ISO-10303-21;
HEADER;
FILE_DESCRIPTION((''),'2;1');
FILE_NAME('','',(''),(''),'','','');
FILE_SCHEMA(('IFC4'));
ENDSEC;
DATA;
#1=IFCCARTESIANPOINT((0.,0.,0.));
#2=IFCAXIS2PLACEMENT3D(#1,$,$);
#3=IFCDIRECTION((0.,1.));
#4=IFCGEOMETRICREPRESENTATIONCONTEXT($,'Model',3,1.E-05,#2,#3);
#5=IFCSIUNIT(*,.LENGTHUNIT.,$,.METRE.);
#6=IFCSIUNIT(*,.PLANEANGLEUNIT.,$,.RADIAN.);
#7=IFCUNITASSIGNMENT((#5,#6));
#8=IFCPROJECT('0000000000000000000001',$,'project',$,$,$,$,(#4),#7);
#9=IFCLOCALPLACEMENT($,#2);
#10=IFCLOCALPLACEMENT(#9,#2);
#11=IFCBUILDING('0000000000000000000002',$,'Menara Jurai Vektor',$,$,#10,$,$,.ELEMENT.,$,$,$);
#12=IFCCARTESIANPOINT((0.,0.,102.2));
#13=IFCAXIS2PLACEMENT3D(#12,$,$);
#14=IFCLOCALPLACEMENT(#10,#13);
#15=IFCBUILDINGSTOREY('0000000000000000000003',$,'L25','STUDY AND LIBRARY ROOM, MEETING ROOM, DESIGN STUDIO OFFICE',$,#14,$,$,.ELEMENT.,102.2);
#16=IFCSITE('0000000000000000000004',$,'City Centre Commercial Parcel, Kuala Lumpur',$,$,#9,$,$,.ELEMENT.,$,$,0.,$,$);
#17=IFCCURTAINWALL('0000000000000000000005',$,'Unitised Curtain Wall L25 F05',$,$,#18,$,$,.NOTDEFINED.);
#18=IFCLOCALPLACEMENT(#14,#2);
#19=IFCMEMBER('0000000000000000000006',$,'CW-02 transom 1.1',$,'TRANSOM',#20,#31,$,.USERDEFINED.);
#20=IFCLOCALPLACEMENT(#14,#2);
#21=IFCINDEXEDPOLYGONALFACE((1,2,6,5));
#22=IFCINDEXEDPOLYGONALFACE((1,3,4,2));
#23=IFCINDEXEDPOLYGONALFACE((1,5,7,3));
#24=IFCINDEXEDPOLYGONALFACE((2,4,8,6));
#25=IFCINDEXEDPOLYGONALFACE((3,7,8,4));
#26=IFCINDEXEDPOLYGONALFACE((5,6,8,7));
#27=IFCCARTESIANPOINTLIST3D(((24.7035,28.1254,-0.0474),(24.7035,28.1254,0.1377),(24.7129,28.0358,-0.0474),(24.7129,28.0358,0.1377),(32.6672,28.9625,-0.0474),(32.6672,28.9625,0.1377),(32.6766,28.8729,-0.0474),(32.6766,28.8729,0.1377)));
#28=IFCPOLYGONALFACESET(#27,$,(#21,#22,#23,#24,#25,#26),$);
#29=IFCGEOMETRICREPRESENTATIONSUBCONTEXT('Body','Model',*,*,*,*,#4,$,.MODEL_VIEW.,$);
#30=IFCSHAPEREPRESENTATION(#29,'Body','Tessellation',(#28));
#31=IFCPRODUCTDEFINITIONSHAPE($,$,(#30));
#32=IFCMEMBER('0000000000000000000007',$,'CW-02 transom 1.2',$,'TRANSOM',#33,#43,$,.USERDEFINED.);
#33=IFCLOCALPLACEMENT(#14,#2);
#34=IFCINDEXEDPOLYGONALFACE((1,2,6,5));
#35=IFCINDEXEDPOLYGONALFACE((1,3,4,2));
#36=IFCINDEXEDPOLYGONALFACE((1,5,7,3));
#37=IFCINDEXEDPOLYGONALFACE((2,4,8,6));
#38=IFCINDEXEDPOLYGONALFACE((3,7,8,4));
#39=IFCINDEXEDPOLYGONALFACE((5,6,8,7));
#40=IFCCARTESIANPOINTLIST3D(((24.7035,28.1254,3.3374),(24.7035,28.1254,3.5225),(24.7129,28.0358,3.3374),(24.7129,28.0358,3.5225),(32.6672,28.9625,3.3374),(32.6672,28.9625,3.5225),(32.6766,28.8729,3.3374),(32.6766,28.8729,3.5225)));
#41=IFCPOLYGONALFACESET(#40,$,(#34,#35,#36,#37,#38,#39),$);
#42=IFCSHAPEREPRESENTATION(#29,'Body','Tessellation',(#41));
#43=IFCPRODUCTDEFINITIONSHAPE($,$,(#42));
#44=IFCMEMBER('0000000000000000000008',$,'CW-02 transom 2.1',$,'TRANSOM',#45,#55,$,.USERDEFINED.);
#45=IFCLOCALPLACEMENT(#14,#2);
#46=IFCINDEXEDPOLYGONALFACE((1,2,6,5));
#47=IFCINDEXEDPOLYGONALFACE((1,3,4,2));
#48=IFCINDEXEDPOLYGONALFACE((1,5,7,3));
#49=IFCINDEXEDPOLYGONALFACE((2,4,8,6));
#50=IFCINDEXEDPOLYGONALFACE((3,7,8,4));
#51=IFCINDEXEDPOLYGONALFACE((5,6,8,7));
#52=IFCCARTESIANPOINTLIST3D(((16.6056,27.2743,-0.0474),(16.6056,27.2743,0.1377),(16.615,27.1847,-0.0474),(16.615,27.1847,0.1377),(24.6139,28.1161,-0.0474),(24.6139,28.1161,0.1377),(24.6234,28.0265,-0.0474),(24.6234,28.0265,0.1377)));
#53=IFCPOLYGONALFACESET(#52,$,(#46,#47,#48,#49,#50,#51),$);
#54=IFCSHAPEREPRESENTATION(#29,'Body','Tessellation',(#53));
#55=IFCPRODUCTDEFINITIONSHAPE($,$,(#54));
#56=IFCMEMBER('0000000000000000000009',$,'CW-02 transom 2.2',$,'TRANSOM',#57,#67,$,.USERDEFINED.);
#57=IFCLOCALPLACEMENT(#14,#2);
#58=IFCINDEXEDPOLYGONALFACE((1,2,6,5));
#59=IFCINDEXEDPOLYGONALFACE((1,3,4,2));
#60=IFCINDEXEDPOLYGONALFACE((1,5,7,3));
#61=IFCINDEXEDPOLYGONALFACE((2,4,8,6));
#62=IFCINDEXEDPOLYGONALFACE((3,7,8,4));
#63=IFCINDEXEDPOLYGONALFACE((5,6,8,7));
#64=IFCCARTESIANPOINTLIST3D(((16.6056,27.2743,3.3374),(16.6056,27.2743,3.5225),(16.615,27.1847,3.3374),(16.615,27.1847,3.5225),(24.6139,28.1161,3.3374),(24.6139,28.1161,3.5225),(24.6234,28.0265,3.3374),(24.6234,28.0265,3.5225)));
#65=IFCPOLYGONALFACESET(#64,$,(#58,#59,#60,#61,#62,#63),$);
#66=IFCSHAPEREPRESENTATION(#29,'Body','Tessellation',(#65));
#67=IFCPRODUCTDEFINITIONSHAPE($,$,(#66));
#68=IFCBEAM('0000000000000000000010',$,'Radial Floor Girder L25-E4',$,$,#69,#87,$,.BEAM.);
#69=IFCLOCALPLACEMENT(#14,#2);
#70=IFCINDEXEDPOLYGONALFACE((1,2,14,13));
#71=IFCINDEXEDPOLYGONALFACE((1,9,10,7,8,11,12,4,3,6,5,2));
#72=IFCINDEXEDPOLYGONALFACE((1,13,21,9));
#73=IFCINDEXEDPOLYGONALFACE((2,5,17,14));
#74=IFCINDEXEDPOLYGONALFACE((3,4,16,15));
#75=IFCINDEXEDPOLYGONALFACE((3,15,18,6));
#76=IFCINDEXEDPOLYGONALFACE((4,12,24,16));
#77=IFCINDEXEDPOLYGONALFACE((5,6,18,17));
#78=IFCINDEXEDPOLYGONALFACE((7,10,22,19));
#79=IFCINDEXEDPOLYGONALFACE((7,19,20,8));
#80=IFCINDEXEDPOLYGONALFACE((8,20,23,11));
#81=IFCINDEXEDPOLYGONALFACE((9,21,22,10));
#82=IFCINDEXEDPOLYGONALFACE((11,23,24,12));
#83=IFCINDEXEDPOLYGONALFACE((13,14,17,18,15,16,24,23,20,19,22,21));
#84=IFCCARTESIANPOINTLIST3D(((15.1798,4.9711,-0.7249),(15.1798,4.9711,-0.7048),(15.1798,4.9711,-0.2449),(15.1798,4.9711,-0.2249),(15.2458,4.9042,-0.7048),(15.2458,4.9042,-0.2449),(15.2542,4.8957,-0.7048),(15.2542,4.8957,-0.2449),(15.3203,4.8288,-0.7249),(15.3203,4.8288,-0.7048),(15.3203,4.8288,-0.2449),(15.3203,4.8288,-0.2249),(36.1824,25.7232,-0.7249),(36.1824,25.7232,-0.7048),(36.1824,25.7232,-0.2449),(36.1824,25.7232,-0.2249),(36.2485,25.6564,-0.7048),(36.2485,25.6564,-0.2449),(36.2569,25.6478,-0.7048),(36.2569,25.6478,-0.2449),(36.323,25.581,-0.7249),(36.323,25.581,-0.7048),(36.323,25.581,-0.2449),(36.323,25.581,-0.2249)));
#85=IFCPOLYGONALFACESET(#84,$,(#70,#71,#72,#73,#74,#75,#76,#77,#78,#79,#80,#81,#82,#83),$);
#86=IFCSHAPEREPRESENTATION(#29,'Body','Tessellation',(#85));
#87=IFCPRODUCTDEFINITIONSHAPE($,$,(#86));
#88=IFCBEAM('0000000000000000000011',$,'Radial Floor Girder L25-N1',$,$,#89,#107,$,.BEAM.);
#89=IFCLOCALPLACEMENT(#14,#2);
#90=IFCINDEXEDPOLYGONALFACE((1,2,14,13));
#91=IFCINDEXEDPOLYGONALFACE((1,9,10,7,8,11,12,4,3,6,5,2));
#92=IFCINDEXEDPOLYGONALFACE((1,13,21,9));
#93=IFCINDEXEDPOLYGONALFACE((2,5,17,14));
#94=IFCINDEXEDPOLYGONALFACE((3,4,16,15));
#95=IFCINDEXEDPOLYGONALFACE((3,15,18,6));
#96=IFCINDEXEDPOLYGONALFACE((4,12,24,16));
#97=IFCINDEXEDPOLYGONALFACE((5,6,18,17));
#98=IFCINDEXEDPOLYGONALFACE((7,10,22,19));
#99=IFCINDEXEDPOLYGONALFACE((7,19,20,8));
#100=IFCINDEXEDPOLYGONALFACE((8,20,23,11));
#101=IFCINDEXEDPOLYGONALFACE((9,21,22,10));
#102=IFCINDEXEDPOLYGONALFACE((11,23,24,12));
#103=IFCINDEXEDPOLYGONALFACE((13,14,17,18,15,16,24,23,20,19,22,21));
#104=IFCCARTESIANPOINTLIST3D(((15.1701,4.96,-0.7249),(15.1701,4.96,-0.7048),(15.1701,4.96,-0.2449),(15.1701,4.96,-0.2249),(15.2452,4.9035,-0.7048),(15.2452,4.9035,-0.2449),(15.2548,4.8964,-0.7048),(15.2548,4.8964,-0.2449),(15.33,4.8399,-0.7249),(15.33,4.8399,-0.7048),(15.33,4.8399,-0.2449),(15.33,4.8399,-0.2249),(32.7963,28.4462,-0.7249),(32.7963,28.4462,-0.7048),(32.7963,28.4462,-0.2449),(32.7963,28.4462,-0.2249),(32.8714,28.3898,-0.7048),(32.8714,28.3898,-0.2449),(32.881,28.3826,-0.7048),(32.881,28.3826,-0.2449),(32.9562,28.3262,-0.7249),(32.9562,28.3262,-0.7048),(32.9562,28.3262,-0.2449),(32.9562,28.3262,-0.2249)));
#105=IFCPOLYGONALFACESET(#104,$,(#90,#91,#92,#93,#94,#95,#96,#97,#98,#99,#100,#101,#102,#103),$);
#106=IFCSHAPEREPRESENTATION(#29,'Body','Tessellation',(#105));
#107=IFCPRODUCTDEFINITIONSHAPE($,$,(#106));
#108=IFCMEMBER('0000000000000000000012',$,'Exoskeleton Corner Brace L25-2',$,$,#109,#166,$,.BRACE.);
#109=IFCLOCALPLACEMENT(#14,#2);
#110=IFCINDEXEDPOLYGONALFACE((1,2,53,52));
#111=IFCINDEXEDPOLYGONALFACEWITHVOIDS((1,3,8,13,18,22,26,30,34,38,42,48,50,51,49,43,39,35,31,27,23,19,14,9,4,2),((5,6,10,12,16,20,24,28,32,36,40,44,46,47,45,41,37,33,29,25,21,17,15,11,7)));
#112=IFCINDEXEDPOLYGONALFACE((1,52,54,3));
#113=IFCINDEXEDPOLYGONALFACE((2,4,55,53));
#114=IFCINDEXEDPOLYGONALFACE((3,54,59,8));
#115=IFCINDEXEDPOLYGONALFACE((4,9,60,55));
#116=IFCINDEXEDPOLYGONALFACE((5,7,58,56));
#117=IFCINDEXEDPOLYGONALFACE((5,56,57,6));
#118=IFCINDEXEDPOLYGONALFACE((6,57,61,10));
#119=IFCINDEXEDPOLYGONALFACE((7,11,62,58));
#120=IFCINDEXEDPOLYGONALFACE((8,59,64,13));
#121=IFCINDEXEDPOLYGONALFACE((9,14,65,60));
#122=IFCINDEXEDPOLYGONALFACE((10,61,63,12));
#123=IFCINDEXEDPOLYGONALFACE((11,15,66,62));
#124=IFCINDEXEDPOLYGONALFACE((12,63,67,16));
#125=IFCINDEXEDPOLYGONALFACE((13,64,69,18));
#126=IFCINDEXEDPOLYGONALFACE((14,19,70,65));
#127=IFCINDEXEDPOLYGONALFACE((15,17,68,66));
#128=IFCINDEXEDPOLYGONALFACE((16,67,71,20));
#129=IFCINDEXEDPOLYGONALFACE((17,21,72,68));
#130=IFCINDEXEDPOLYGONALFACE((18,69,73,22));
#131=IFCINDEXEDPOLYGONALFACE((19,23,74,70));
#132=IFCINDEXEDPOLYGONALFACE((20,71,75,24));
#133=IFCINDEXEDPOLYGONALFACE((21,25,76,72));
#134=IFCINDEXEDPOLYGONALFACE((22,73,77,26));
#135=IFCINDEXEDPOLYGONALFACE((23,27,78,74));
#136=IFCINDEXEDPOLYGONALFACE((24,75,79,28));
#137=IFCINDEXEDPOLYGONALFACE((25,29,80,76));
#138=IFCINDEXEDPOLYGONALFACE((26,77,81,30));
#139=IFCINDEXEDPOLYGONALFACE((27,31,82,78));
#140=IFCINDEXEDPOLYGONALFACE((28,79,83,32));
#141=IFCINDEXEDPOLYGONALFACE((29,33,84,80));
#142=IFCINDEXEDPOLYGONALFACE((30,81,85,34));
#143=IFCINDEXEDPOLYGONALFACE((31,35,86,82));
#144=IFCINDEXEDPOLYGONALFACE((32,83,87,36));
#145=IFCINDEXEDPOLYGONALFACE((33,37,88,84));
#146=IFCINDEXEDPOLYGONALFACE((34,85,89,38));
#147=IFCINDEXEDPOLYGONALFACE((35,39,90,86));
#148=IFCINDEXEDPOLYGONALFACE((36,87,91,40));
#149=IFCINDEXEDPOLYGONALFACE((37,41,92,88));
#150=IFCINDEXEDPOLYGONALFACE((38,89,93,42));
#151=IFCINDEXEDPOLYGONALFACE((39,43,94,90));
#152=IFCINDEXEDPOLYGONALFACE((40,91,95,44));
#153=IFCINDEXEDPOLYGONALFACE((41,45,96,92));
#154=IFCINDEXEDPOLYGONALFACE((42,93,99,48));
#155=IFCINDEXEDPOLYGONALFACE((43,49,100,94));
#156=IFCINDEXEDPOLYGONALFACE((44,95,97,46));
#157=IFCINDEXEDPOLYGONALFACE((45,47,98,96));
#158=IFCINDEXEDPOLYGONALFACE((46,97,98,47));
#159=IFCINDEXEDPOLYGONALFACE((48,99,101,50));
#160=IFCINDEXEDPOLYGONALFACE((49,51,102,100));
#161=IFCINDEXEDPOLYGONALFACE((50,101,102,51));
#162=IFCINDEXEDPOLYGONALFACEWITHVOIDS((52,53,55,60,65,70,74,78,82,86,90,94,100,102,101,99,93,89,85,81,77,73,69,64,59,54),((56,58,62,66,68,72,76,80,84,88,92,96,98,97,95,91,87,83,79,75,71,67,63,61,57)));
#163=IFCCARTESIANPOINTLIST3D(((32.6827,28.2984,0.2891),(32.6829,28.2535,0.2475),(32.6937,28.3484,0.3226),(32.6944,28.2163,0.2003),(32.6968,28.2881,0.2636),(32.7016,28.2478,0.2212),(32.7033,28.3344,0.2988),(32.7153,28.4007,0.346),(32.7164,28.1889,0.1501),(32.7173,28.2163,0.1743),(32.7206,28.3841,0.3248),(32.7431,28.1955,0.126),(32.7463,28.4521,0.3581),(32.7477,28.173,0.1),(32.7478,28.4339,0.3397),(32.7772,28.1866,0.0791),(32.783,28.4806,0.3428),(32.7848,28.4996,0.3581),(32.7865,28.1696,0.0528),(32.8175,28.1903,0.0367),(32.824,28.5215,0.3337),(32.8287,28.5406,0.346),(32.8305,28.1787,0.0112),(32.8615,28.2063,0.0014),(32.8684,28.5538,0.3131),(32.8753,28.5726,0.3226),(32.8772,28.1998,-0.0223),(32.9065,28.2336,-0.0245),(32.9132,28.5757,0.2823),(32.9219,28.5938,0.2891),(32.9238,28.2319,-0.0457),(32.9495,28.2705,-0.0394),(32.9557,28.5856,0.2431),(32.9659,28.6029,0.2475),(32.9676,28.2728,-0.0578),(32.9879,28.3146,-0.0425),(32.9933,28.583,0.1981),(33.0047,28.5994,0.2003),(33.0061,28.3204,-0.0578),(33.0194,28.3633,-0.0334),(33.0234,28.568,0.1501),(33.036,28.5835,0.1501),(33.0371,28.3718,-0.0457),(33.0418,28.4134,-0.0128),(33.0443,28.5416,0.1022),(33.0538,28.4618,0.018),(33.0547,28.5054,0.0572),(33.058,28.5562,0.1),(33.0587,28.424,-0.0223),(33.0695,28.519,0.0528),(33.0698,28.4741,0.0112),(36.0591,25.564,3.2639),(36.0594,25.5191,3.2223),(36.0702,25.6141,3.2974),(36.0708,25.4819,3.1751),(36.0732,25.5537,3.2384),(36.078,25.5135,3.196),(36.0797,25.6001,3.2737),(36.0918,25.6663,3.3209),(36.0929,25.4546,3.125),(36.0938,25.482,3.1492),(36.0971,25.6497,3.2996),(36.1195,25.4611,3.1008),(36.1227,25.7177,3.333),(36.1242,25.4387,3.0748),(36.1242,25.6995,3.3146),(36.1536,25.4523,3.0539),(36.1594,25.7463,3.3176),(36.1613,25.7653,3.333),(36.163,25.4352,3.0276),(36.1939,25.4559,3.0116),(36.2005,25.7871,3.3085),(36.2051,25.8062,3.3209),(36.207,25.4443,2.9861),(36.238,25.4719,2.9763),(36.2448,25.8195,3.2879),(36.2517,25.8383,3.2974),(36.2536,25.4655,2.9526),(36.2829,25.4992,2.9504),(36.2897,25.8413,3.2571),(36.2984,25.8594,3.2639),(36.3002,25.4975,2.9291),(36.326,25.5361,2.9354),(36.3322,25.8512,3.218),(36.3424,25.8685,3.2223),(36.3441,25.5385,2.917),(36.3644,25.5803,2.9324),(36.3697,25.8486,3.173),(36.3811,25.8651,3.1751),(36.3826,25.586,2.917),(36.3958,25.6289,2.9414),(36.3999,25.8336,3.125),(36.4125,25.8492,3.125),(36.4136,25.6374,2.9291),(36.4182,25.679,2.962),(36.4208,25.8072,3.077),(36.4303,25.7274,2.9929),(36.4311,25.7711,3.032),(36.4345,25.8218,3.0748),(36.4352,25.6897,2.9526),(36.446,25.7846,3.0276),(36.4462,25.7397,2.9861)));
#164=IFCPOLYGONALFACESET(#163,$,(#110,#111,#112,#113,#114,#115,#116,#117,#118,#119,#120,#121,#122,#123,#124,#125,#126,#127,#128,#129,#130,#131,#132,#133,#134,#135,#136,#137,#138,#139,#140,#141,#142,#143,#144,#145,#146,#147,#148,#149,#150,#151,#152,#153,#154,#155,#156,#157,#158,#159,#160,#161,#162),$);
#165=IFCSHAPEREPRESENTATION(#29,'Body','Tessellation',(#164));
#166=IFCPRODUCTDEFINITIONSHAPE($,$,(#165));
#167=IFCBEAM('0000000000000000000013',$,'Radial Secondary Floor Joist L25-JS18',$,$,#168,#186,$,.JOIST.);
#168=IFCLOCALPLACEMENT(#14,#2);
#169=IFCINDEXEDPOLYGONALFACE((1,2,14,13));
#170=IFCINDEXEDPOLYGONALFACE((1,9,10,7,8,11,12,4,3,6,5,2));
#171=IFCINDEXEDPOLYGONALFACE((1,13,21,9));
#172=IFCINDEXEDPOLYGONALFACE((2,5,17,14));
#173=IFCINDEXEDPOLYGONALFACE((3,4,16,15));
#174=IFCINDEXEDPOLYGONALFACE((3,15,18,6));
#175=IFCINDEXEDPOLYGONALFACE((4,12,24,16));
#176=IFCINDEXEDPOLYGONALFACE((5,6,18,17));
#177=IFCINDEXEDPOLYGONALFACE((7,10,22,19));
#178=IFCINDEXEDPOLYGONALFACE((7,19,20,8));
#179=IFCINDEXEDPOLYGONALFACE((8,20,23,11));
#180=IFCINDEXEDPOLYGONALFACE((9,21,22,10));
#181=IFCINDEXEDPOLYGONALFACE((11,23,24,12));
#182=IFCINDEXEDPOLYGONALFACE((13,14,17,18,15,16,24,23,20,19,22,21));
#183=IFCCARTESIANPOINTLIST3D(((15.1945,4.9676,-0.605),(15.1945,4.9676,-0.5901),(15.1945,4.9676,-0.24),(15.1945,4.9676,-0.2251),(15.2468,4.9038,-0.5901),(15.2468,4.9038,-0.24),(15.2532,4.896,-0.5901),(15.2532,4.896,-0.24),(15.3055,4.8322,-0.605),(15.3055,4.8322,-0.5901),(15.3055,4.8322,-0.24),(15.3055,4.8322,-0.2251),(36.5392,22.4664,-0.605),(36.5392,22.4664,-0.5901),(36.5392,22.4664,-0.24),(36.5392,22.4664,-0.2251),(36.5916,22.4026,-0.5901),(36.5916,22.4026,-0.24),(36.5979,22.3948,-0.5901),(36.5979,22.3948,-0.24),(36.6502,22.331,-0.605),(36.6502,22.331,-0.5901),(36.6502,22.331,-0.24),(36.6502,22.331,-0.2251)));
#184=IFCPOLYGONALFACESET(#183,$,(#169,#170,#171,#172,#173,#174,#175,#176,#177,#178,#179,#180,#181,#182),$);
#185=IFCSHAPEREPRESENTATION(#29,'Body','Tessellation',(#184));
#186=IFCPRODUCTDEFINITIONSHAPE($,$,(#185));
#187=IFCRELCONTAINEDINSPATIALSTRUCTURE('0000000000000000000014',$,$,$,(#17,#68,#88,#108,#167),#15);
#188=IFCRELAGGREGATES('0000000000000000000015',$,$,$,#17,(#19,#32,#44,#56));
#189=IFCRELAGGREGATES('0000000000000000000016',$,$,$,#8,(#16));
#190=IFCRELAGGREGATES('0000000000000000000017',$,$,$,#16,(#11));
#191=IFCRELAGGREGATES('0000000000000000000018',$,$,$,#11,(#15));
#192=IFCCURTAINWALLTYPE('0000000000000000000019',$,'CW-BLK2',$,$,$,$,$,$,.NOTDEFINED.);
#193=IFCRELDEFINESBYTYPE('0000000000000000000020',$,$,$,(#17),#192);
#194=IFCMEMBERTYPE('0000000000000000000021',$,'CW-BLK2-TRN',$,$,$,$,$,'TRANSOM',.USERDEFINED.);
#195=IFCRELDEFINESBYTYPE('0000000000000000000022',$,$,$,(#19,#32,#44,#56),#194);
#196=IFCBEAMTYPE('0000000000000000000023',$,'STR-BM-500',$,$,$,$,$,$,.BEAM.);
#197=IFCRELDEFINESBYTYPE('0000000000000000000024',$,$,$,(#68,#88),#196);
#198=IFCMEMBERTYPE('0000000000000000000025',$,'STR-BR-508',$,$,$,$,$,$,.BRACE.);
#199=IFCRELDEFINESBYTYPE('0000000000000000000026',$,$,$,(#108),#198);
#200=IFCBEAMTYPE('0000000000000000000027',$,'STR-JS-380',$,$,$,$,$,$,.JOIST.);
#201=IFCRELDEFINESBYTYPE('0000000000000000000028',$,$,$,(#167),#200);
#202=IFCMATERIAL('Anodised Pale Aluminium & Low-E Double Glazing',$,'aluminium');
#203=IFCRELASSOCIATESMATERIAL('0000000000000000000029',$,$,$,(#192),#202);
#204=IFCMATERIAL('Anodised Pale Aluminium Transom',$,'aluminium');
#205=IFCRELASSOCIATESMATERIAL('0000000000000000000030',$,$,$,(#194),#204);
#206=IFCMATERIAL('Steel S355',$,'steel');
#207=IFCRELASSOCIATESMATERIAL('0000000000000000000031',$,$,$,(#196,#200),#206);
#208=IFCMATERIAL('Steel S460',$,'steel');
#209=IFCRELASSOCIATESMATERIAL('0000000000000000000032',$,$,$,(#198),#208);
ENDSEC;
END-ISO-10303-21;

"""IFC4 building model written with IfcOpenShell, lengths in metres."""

from ifc_helpers import new_model, si_unit, direction, frame, origin, origin_2d, place, context, subcontext, project, spatial, rectangle, hollow_circle, i_section, extrude, material, material_profile, profile_set, type_object, element, aggregate, save


model = new_model("IFC4")

# Units and contexts
model_context = context("Model", 3, precision=1e-05, world=origin(), true_north=direction((0.0, 1.0)))
body_context = subcontext(model_context, "Body", "Model", "MODEL_VIEW")
ifc_project = project(units=[si_unit("LENGTHUNIT", "METRE"), si_unit("PLANEANGLEUNIT", "RADIAN")], contexts=[model_context])

# Site, building, storey
site_placement = place(None, origin())
site = spatial("IfcSite", under=ifc_project, at=site_placement, Name="City Centre Commercial Parcel, Kuala Lumpur", CompositionType="ELEMENT", RefElevation=0.0)
building_placement = place(site_placement, origin())
building = spatial("IfcBuilding", under=site, at=building_placement, Name="Menara Jurai Vektor", CompositionType="ELEMENT")
storey_placement = place(building_placement, frame((0.0, 0.0, 102.2)))
storey = spatial("IfcBuildingStorey", under=building, at=storey_placement, Name="L25", Description="STUDY AND LIBRARY ROOM, MEETING ROOM, DESIGN STUDIO OFFICE", CompositionType="ELEMENT", Elevation=102.2)

# Shared definitions
ifc_material_1 = material(Name="Steel S460", Category="steel")

# Shared definitions
ifc_material_2 = material(Name="Anodised Pale Aluminium & Low-E Double Glazing", Category="aluminium")
curtain_wall_type = type_object("IfcCurtainWallType", Name="CW-BLK2", PredefinedType="NOTDEFINED", material=ifc_material_2)

# Curtain wall
curtain_wall_1_placement = place(storey_placement, origin())
curtain_wall_1 = element("IfcCurtainWall", 1, at=curtain_wall_1_placement, inside=storey, type_object=curtain_wall_type, Name="Unitised Curtain Wall L25 F05", PredefinedType="NOTDEFINED")

# Members
ifc_material_3 = material(Name="Anodised Pale Aluminium Transom", Category="aluminium")
ifc_material_profile_1 = material_profile(ifc_material_3, rectangle(XDim=0.0901, YDim=0.1851, at=origin_2d()), Name="ALU TRN 90x185")
ifc_profile_set_1 = profile_set([ifc_material_profile_1], Name="Anodised Pale Aluminium Transom")
member_type_1 = type_object("IfcMemberType", Name="CW-BLK2-TRN", ElementType="TRANSOM", PredefinedType="USERDEFINED", material=ifc_profile_set_1)
member_1_placement = place(storey_placement, frame((32.6719, 28.9177, 0.0452), z_axis=(-0.99452, -0.104547, 0.0), x_axis=(0.104547, -0.99452, 0.0)))
member_1 = element("IfcMember", 2, at=member_1_placement, type_object=member_type_1, Name="CW-02 transom 1.1", ObjectType="TRANSOM", PredefinedType="USERDEFINED", context=body_context, shape_type="SweptSolid", body=[
    extrude(rectangle(XDim=0.0901, YDim=0.1851, at=origin_2d()), origin(), (0.0, 0.0, 1.0), 8.0076),
])
member_2_placement = place(storey_placement, frame((32.6719, 28.9177, 3.4299), z_axis=(-0.99452, -0.104547, 0.0), x_axis=(0.104547, -0.99452, 0.0)))
member_2 = element("IfcMember", 3, at=member_2_placement, type_object=member_type_1, Name="CW-02 transom 1.2", ObjectType="TRANSOM", PredefinedType="USERDEFINED", context=body_context, shape_type="SweptSolid", body=[
    extrude(rectangle(XDim=0.0901, YDim=0.1851, at=origin_2d()), origin(), (0.0, 0.0, 1.0), 8.0076),
])
member_3_placement = place(storey_placement, frame((24.6187, 28.0713, 0.0452), z_axis=(-0.994521, -0.10454, 0.0), x_axis=(0.10454, -0.994521, 0.0)))
member_3 = element("IfcMember", 4, at=member_3_placement, type_object=member_type_1, Name="CW-02 transom 2.1", ObjectType="TRANSOM", PredefinedType="USERDEFINED", context=body_context, shape_type="SweptSolid", body=[
    extrude(rectangle(XDim=0.0901, YDim=0.1851, at=origin_2d()), origin(), (0.0, 0.0, 1.0), 8.0525),
])
member_4_placement = place(storey_placement, frame((24.6187, 28.0713, 3.4299), z_axis=(-0.994521, -0.10454, 0.0), x_axis=(0.10454, -0.994521, 0.0)))
member_4 = element("IfcMember", 5, at=member_4_placement, type_object=member_type_1, Name="CW-02 transom 2.2", ObjectType="TRANSOM", PredefinedType="USERDEFINED", context=body_context, shape_type="SweptSolid", body=[
    extrude(rectangle(XDim=0.0901, YDim=0.1851, at=origin_2d()), origin(), (0.0, 0.0, 1.0), 8.0525),
])

# Beams
ifc_material_4 = material(Name="Steel S355", Category="steel")
ifc_material_profile_2 = material_profile(ifc_material_4, i_section(OverallWidth=0.2, OverallDepth=0.5, WebThickness=0.012, FlangeThickness=0.02, at=origin_2d()), Name="PG 500x200x96")
ifc_profile_set_2 = profile_set([ifc_material_profile_2], Name="Steel S355")
beam_type_1 = type_object("IfcBeamType", Name="STR-BM-500", PredefinedType="BEAM", material=ifc_profile_set_2)
beam_1_placement = place(storey_placement, frame((36.2527, 25.6521, -0.4749), z_axis=(-0.711336, -0.702852, 0.0), x_axis=(0.702852, -0.711336, 0.0)))
element("IfcBeam", 6, at=beam_1_placement, inside=storey, type_object=beam_type_1, Name="Radial Floor Girder L25-E4", PredefinedType="BEAM", context=body_context, shape_type="SweptSolid", body=[
    extrude(i_section(OverallWidth=0.2, OverallDepth=0.5, WebThickness=0.012, FlangeThickness=0.02, at=origin_2d()), origin(), (0.0, 0.0, 1.0), 29.5256),
])
beam_2_placement = place(storey_placement, frame((32.8762, 28.3862, -0.4749), z_axis=(-0.60025, -0.799812, 0.0), x_axis=(0.799812, -0.60025, 0.0)))
element("IfcBeam", 7, at=beam_2_placement, inside=storey, type_object=beam_type_1, Name="Radial Floor Girder L25-N1", PredefinedType="BEAM", context=body_context, shape_type="SweptSolid", body=[
    extrude(i_section(OverallWidth=0.2, OverallDepth=0.5, WebThickness=0.012, FlangeThickness=0.02, at=origin_2d()), origin(), (0.0, 0.0, 1.0), 29.3647),
])

# Member
ifc_material_profile_3 = material_profile(ifc_material_1, hollow_circle(Radius=0.2539, WallThickness=0.02, at=origin_2d()), Name="CHS 508x20")
ifc_profile_set_3 = profile_set([ifc_material_profile_3], Name="Steel S460")
member_type_2 = type_object("IfcMemberType", Name="STR-BR-508", PredefinedType="BRACE", material=ifc_profile_set_3)
member_5_placement = place(storey_placement, frame((32.8762, 28.3862, 0.1501), z_axis=(0.641225, -0.519285, 0.564955), x_axis=(0.629344, 0.777127, 0.0)))
element("IfcMember", 8, at=member_5_placement, inside=storey, type_object=member_type_2, Name="Exoskeleton Corner Brace L25-2", PredefinedType="BRACE", context=body_context, shape_type="SweptSolid", body=[
    extrude(hollow_circle(Radius=0.2539, WallThickness=0.02, at=origin_2d()), origin(), (0.0, 0.0, 1.0), 5.2656),
])

# Beam
ifc_material_profile_4 = material_profile(ifc_material_4, i_section(OverallWidth=0.175, OverallDepth=0.3799, WebThickness=0.01, FlangeThickness=0.0149, at=origin_2d()), Name="PG 380x175x58")
ifc_profile_set_4 = profile_set([ifc_material_profile_4], Name="Steel S355")
beam_type_2 = type_object("IfcBeamType", Name="STR-JS-380", PredefinedType="JOIST", material=ifc_profile_set_4)
beam_3_placement = place(storey_placement, frame((36.5947, 22.3987, -0.415), z_axis=(-0.773337, -0.633995, 0.0), x_axis=(0.633995, -0.773337, 0.0)))
element("IfcBeam", 9, at=beam_3_placement, inside=storey, type_object=beam_type_2, Name="Radial Secondary Floor Joist L25-JS18", PredefinedType="JOIST", context=body_context, shape_type="SweptSolid", body=[
    extrude(i_section(OverallWidth=0.175, OverallDepth=0.3799, WebThickness=0.01, FlangeThickness=0.0149, at=origin_2d()), origin(), (0.0, 0.0, 1.0), 27.6008),
])

aggregate(curtain_wall_1, [member_1, member_2, member_3, member_4])

save(model, "model.ifc")
